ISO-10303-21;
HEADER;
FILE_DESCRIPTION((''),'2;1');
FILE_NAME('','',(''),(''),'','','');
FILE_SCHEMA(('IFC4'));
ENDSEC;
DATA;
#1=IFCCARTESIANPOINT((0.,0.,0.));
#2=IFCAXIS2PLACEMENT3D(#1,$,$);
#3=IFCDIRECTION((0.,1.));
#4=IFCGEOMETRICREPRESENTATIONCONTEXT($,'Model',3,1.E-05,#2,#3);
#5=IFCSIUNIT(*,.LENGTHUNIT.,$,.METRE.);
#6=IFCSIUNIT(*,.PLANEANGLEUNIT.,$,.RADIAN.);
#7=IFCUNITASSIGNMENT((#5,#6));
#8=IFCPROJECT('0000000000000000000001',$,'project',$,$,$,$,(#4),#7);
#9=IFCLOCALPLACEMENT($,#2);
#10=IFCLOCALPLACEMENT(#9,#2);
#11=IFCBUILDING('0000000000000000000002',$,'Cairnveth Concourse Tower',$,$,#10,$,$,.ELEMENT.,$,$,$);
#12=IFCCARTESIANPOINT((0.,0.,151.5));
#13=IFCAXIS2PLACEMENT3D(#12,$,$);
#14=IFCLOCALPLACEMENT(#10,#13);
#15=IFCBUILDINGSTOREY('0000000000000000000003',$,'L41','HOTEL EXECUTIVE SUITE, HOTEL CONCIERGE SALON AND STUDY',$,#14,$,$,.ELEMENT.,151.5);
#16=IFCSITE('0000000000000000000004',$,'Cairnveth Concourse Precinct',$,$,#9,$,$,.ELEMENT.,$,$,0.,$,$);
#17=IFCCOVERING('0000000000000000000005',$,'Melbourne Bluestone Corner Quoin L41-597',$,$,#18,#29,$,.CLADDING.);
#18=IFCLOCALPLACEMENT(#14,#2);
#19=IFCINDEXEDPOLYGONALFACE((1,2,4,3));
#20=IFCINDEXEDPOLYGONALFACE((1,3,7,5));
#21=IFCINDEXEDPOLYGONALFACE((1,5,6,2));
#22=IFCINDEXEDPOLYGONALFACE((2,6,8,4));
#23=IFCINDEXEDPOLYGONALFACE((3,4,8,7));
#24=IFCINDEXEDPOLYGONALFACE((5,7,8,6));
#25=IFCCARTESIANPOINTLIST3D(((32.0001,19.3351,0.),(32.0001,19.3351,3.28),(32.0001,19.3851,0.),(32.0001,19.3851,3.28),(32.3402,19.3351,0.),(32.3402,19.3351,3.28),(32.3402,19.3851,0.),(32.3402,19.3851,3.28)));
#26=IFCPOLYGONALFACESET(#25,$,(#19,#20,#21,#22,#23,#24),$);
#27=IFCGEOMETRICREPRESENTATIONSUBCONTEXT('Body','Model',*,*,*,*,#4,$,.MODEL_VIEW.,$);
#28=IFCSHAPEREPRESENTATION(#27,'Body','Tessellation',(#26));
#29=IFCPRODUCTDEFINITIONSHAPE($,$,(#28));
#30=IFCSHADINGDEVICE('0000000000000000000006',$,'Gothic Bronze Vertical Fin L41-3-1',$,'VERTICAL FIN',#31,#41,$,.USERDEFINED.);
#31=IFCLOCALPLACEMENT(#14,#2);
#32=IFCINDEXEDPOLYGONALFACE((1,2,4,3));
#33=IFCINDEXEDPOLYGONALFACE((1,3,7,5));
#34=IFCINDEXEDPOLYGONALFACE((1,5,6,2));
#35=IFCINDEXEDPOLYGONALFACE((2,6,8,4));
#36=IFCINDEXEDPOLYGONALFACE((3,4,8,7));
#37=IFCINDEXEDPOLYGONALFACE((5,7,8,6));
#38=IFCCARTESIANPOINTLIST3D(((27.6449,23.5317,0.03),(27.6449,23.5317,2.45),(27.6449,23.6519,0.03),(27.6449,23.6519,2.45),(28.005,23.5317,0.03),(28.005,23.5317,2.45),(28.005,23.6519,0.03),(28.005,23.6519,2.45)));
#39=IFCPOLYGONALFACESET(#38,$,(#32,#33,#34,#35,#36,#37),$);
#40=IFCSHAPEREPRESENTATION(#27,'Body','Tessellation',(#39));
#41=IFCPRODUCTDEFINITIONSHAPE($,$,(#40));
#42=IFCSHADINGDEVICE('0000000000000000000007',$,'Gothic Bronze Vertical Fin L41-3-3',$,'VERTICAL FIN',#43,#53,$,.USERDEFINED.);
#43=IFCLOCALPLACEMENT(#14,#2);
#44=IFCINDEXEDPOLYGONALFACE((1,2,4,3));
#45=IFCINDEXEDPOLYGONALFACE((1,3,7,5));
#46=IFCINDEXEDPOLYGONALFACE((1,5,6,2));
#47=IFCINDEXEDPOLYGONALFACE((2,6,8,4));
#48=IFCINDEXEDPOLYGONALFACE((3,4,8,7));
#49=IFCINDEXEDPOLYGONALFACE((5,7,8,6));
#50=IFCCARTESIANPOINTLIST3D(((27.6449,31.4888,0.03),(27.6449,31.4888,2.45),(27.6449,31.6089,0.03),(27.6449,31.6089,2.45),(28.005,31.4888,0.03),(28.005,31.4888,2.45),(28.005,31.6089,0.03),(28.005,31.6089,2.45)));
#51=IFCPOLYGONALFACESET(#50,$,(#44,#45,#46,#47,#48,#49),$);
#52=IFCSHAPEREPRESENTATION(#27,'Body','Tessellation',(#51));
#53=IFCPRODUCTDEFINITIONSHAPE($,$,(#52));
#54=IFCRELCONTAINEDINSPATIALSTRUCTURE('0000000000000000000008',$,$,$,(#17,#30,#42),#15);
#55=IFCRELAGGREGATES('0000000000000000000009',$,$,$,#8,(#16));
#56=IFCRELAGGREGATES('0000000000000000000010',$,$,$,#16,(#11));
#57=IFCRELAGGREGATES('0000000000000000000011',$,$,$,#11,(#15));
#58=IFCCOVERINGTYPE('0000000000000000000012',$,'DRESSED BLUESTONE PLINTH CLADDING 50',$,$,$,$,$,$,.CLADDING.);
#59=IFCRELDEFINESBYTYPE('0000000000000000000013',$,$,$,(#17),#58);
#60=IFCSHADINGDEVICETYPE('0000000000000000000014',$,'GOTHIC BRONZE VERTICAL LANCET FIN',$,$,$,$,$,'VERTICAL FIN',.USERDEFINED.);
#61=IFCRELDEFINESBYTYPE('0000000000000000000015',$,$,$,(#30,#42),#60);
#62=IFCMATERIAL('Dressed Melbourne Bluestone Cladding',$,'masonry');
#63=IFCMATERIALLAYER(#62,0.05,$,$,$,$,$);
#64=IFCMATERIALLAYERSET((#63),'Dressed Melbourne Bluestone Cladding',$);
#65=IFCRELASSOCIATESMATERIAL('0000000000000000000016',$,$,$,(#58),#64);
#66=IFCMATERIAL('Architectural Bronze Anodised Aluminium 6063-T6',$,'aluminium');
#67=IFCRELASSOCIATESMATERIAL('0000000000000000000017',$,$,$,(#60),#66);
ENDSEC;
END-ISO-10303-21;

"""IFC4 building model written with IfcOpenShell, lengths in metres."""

from ifc_helpers import new_model, si_unit, direction, frame, frame_2d, origin, origin_2d, place, context, subcontext, project, spatial, rectangle, extrude, material, layer, layer_set, type_object, element, save


model = new_model("IFC4")

# Units and contexts
model_context = context("Model", 3, precision=1e-05, world=origin(), true_north=direction((0.0, 1.0)))
body_context = subcontext(model_context, "Body", "Model", "MODEL_VIEW")
ifc_project = project(units=[si_unit("LENGTHUNIT", "METRE"), si_unit("PLANEANGLEUNIT", "RADIAN")], contexts=[model_context])

# Site, building, storey
site_placement = place(None, origin())
site = spatial("IfcSite", under=ifc_project, at=site_placement, Name="Cairnveth Concourse Precinct", CompositionType="ELEMENT", RefElevation=0.0)
building_placement = place(site_placement, origin())
building = spatial("IfcBuilding", under=site, at=building_placement, Name="Cairnveth Concourse Tower", CompositionType="ELEMENT")
storey_placement = place(building_placement, frame((0.0, 0.0, 151.5)))
storey = spatial("IfcBuildingStorey", under=building, at=storey_placement, Name="L41", Description="HOTEL EXECUTIVE SUITE, HOTEL CONCIERGE SALON AND STUDY", CompositionType="ELEMENT", Elevation=151.5)

# Covering
ifc_material_1 = material(Name="Dressed Melbourne Bluestone Cladding", Category="masonry")
ifc_layer_1 = layer(ifc_material_1, 0.05)
ifc_layer_set_1 = layer_set([ifc_layer_1], Name="Dressed Melbourne Bluestone Cladding")
covering_type = type_object("IfcCoveringType", Name="DRESSED BLUESTONE PLINTH CLADDING 50", PredefinedType="CLADDING", material=ifc_layer_set_1)
covering_placement = place(storey_placement, frame((32.3401, 19.3601, 0.0), z_axis=(0.0, 0.0, 1.0), x_axis=(-1.0, 0.0, 0.0)))
element("IfcCovering", 1, at=covering_placement, inside=storey, type_object=covering_type, Name="Melbourne Bluestone Corner Quoin L41-597", PredefinedType="CLADDING", context=body_context, shape_type="SweptSolid", body=[
    extrude(rectangle(XDim=0.3401, YDim=0.05, at=frame_2d((0.1699, 0.0))), origin(), (0.0, 0.0, 1.0), 3.28),
])

# Shading devices
ifc_material_2 = material(Name="Architectural Bronze Anodised Aluminium 6063-T6", Category="aluminium")
shading_device_type = type_object("IfcShadingDeviceType", Name="GOTHIC BRONZE VERTICAL LANCET FIN", ElementType="VERTICAL FIN", PredefinedType="USERDEFINED", material=ifc_material_2)
for number, where, z_axis, x_axis, name in (
    (2, (27.825, 23.5918, 0.03), (0.0, 0.0, 1.0), (0.0, 1.0, 0.0), "Gothic Bronze Vertical Fin L41-3-1"),
    (3, (27.825, 31.5488, 0.03), (0.0, 0.0, 1.0), (0.0, 1.0, 0.0), "Gothic Bronze Vertical Fin L41-3-3"),
):
    element("IfcShadingDevice", number, at=place(storey_placement, frame(where, z_axis=z_axis, x_axis=x_axis)), inside=storey, type_object=shading_device_type, Name=name, ObjectType="VERTICAL FIN", PredefinedType="USERDEFINED", context=body_context, shape_type="SweptSolid", body=[
        extrude(rectangle(XDim=0.1201, YDim=0.3601, at=origin_2d()), origin(), (0.0, 0.0, 1.0), 2.4199),
    ])

save(model, "model.ifc")
